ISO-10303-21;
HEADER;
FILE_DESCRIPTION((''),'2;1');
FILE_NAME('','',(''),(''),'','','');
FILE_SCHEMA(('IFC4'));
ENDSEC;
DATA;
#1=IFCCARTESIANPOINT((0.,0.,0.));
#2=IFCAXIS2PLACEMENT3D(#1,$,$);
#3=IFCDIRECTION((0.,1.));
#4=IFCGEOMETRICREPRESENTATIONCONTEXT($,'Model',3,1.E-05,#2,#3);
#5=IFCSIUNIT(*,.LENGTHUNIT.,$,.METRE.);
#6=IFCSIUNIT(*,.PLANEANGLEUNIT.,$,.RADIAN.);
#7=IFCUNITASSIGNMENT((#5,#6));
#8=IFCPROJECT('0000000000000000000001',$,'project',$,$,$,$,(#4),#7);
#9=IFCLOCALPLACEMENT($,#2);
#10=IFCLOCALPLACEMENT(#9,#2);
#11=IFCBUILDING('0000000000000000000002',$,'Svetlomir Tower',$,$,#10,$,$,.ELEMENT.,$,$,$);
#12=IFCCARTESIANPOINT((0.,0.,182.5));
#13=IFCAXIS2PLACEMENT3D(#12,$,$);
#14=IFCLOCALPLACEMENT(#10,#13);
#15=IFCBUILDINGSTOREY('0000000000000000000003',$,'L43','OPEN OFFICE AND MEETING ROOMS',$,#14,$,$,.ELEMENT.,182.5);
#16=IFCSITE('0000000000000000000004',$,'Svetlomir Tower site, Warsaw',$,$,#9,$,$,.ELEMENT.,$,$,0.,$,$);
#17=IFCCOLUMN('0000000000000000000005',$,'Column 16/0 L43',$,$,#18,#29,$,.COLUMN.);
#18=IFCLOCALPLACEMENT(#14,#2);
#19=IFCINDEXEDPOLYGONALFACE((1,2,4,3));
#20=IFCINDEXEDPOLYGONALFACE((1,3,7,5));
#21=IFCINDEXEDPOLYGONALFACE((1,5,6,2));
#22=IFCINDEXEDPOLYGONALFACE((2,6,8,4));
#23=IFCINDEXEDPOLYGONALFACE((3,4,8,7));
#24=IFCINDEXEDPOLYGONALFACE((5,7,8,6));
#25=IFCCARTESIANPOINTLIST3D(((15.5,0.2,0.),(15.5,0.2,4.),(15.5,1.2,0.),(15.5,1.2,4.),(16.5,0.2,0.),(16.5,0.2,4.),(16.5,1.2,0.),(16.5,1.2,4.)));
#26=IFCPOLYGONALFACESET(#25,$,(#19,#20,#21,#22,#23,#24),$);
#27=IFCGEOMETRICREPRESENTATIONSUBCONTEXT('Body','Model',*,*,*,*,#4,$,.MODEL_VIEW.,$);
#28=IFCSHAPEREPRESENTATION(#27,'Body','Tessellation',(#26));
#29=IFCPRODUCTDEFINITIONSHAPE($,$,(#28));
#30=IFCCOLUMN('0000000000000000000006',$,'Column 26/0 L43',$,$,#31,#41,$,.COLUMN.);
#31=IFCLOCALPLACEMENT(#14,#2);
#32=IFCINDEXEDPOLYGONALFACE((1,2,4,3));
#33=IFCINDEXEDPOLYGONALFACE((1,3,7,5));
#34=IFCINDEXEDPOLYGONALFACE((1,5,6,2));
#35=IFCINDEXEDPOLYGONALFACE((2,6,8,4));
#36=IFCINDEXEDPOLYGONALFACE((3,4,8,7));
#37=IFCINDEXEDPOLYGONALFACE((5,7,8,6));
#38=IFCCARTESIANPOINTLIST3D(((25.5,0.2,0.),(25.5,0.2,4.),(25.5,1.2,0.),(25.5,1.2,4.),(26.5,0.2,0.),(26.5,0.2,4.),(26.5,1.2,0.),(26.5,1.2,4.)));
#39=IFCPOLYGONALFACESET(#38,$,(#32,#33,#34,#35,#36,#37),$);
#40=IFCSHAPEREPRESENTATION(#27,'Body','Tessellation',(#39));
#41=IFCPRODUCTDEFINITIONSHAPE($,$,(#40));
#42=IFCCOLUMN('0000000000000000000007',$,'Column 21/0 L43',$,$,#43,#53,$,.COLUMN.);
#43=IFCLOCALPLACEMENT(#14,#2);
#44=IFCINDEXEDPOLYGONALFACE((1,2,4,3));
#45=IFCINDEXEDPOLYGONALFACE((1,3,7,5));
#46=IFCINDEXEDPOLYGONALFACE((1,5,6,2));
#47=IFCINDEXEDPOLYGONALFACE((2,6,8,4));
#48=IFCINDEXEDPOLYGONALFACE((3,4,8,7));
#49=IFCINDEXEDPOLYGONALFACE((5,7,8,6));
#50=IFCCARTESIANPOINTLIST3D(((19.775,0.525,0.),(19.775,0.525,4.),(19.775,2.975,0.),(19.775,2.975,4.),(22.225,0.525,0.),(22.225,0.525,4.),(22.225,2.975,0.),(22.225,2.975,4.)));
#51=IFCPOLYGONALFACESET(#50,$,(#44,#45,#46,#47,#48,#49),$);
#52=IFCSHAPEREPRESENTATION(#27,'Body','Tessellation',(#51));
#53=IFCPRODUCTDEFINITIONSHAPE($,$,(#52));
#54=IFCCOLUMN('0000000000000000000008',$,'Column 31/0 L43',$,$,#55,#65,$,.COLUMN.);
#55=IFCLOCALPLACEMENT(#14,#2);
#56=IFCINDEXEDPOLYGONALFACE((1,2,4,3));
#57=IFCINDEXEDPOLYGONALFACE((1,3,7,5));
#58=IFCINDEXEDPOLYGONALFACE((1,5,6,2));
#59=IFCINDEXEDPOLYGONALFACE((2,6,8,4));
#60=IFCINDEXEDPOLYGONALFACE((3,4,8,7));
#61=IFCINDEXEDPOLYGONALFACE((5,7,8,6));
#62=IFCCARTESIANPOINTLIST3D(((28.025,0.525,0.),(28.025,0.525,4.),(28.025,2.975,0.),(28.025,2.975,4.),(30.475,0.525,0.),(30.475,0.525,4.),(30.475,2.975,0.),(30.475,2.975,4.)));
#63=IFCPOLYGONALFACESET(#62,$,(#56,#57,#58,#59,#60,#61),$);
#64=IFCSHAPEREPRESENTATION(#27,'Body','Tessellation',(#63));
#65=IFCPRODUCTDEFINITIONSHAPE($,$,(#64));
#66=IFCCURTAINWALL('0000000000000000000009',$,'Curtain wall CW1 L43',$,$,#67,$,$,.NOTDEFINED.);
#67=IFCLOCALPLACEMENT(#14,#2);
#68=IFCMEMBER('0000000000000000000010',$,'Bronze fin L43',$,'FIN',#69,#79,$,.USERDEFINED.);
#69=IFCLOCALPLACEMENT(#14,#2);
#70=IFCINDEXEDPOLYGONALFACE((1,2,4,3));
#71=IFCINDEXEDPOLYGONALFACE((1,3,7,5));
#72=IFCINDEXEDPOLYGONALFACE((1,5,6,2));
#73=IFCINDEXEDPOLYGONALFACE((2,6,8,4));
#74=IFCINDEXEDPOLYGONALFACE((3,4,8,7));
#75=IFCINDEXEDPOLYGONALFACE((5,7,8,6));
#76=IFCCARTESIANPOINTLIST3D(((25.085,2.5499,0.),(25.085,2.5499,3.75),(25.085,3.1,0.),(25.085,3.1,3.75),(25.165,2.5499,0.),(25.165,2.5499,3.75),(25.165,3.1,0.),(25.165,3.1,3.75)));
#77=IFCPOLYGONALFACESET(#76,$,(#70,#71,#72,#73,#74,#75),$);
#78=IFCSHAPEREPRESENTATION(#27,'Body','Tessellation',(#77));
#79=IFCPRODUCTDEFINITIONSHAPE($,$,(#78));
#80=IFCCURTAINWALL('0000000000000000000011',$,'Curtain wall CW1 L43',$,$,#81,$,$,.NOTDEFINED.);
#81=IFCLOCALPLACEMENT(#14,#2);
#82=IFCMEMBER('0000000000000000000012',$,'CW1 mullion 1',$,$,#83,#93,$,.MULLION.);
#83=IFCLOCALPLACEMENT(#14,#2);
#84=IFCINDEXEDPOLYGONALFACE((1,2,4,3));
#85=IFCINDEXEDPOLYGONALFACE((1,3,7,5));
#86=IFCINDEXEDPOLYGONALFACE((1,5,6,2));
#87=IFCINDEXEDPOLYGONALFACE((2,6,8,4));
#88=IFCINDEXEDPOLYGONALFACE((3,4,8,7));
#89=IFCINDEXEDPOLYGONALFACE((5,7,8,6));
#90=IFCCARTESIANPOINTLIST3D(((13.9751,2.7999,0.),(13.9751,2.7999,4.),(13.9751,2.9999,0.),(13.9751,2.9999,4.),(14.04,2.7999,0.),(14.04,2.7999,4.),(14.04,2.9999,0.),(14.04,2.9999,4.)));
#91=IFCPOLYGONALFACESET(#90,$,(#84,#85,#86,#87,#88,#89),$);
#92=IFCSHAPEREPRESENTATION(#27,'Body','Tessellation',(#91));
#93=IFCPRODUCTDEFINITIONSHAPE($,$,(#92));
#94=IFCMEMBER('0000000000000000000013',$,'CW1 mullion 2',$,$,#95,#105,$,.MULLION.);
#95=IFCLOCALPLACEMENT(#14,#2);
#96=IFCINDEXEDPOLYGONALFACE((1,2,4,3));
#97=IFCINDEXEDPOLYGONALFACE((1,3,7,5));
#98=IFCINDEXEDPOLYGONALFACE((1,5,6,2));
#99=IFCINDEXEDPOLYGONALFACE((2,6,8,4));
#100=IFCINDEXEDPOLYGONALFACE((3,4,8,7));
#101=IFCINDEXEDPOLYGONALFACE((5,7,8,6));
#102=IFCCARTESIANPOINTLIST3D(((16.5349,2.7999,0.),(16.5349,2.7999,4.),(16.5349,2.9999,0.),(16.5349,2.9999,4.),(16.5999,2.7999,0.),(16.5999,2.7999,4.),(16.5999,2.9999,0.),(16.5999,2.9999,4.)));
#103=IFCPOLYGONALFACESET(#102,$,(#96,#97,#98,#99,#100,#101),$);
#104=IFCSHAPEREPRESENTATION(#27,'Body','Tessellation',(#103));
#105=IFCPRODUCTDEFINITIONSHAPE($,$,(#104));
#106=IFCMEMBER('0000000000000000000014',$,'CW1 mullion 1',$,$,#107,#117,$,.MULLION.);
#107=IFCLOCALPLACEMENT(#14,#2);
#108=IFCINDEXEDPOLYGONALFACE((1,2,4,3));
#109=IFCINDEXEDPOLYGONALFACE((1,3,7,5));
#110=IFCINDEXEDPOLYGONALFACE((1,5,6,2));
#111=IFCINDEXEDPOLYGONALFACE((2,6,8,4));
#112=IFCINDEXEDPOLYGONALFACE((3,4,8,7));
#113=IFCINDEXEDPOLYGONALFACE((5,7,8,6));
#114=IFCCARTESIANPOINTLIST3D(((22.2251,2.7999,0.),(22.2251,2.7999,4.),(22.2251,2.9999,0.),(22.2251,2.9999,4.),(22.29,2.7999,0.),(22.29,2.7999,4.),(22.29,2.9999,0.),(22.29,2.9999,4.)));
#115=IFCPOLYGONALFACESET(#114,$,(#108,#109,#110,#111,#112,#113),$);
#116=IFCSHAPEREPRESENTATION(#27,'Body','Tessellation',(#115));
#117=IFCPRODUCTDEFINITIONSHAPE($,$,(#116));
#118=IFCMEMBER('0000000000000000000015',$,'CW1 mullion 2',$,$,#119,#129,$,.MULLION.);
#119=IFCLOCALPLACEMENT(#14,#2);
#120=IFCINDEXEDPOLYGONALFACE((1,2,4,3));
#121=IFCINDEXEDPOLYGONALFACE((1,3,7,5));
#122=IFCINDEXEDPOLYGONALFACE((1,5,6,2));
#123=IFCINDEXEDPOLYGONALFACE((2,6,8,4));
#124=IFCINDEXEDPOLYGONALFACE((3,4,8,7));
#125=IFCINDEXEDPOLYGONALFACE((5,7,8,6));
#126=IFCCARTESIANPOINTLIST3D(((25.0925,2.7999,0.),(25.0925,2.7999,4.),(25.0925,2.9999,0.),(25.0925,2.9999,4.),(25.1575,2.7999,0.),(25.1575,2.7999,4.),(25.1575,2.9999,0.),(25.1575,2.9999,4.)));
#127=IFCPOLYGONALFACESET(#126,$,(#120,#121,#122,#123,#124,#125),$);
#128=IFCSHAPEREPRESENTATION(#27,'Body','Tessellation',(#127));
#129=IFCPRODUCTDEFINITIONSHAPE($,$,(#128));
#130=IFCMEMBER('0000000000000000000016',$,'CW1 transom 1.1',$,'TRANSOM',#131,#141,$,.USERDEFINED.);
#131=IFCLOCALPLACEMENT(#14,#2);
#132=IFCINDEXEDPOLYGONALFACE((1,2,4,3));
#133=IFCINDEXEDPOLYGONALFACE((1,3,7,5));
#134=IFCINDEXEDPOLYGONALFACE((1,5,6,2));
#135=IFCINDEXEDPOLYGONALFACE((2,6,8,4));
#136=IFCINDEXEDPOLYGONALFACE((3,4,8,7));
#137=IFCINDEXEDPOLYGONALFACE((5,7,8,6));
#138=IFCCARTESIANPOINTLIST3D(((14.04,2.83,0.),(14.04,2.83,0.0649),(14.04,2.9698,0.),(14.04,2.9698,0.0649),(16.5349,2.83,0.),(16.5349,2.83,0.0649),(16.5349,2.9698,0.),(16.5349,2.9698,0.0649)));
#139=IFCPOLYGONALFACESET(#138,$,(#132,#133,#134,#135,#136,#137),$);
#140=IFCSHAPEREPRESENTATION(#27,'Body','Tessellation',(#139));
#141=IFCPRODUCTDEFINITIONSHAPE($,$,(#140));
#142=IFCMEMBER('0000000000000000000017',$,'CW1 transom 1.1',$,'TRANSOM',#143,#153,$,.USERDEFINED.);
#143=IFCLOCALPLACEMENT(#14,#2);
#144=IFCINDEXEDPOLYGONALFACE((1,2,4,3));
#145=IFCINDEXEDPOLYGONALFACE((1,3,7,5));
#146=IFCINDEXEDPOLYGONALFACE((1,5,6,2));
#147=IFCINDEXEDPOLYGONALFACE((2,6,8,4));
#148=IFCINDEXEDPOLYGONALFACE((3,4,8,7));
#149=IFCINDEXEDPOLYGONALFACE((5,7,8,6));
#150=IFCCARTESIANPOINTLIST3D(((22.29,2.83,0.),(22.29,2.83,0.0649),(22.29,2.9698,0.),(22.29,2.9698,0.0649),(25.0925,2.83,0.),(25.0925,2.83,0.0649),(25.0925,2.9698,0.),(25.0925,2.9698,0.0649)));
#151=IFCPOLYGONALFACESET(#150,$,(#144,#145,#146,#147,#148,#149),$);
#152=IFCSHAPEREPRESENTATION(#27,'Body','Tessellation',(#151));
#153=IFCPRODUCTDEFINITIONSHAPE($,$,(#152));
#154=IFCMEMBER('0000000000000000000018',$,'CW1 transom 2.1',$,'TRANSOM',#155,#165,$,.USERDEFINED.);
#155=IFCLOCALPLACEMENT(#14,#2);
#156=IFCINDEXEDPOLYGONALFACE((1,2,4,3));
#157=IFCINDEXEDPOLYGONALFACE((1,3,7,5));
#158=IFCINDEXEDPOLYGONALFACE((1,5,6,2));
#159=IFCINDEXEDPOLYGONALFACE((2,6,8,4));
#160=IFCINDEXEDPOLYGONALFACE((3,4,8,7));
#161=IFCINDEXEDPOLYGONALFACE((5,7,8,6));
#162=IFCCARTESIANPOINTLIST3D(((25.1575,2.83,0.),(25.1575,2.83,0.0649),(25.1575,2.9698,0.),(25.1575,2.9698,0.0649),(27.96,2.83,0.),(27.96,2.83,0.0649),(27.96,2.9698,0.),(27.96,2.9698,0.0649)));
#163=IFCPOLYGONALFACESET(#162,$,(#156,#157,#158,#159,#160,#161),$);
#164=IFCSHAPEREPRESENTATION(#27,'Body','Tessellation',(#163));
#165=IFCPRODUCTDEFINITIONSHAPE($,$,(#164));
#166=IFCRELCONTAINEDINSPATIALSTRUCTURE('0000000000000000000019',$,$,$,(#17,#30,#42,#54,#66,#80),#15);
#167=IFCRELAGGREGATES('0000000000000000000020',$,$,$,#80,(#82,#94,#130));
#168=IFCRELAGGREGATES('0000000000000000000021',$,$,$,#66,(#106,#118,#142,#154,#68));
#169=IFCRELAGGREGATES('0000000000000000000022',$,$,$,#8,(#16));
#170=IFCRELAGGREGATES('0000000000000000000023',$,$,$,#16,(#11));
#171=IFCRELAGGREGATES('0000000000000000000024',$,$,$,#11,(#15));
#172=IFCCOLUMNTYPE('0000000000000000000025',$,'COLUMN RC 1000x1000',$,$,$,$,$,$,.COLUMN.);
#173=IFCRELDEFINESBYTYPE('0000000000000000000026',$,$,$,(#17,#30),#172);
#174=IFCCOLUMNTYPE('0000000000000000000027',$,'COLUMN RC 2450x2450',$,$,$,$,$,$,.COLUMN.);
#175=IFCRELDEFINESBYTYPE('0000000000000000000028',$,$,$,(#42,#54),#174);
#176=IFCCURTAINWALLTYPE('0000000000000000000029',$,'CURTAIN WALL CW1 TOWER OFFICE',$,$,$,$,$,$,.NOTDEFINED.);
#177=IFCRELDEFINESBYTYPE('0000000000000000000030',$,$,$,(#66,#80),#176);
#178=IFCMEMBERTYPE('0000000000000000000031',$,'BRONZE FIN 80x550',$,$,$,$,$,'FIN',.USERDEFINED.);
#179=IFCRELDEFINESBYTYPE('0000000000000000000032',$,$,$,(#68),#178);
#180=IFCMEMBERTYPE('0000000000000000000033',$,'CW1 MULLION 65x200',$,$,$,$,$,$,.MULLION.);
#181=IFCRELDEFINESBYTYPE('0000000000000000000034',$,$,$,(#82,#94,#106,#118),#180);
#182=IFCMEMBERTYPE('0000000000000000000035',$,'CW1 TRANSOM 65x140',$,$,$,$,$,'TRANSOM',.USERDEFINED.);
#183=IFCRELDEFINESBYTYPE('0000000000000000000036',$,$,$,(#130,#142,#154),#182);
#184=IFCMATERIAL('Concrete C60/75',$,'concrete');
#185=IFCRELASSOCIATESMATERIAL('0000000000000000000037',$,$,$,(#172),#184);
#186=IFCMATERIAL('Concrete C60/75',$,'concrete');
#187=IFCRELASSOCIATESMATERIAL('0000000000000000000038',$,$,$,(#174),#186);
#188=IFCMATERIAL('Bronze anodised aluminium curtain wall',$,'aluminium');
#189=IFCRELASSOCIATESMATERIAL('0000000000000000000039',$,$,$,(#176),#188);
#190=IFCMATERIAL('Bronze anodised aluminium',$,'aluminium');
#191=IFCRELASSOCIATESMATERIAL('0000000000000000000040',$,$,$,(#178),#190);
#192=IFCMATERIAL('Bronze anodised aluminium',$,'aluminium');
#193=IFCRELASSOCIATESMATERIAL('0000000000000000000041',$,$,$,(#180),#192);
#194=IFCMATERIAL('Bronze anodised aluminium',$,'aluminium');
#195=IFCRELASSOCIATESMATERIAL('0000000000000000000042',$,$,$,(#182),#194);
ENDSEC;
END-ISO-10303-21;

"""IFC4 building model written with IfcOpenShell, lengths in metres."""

from ifc_helpers import new_model, si_unit, direction, frame, origin, origin_2d, place, context, subcontext, project, spatial, rectangle, extrude, material, material_profile, profile_set, type_object, element, aggregate, save


model = new_model("IFC4")

# Units and contexts
model_context = context("Model", 3, precision=1e-05, world=origin(), true_north=direction((0.0, 1.0)))
body_context = subcontext(model_context, "Body", "Model", "MODEL_VIEW")
ifc_project = project(units=[si_unit("LENGTHUNIT", "METRE"), si_unit("PLANEANGLEUNIT", "RADIAN")], contexts=[model_context])

# Site, building, storey
site_placement = place(None, origin())
site = spatial("IfcSite", under=ifc_project, at=site_placement, Name="Svetlomir Tower site, Warsaw", CompositionType="ELEMENT", RefElevation=0.0)
building_placement = place(site_placement, origin())
building = spatial("IfcBuilding", under=site, at=building_placement, Name="Svetlomir Tower", CompositionType="ELEMENT")
storey_placement = place(building_placement, frame((0.0, 0.0, 182.5)))
storey = spatial("IfcBuildingStorey", under=building, at=storey_placement, Name="L43", Description="OPEN OFFICE AND MEETING ROOMS", CompositionType="ELEMENT", Elevation=182.5)

# Columns
ifc_material_1 = material(Name="Concrete C60/75", Category="concrete")
ifc_material_profile_1 = material_profile(ifc_material_1, rectangle(XDim=1.0, YDim=1.0, at=origin_2d()), Name="RC 1000x1000")
ifc_profile_set_1 = profile_set([ifc_material_profile_1], Name="Concrete C60/75")
column_type_1 = type_object("IfcColumnType", Name="COLUMN RC 1000x1000", PredefinedType="COLUMN", material=ifc_profile_set_1)
for number, where, z_axis, x_axis, name in (
    (1, (16.0, 0.7, 0.0), (0.0, 0.0, 1.0), (1.0, 0.0, 0.0), "Column 16/0 L43"),
    (2, (26.0, 0.7, 0.0), (0.0, 0.0, 1.0), (1.0, 0.0, 0.0), "Column 26/0 L43"),
):
    element("IfcColumn", number, at=place(storey_placement, frame(where, z_axis=z_axis, x_axis=x_axis)), inside=storey, type_object=column_type_1, Name=name, PredefinedType="COLUMN", context=body_context, shape_type="SweptSolid", body=[
        extrude(rectangle(XDim=1.0, YDim=1.0, at=origin_2d()), origin(), (0.0, 0.0, 1.0), 4.0),
    ])
ifc_material_2 = material(Name="Concrete C60/75", Category="concrete")
ifc_material_profile_2 = material_profile(ifc_material_2, rectangle(XDim=2.45, YDim=2.45, at=origin_2d()), Name="RC 2450x2450")
ifc_profile_set_2 = profile_set([ifc_material_profile_2], Name="Concrete C60/75")
column_type_2 = type_object("IfcColumnType", Name="COLUMN RC 2450x2450", PredefinedType="COLUMN", material=ifc_profile_set_2)
for number, where, z_axis, x_axis, name in (
    (3, (21.0, 1.75, 0.0), (0.0, 0.0, 1.0), (1.0, 0.0, 0.0), "Column 21/0 L43"),
    (4, (29.25, 1.75, 0.0), (0.0, 0.0, 1.0), (1.0, 0.0, 0.0), "Column 31/0 L43"),
):
    element("IfcColumn", number, at=place(storey_placement, frame(where, z_axis=z_axis, x_axis=x_axis)), inside=storey, type_object=column_type_2, Name=name, PredefinedType="COLUMN", context=body_context, shape_type="SweptSolid", body=[
        extrude(rectangle(XDim=2.45, YDim=2.45, at=origin_2d()), origin(), (0.0, 0.0, 1.0), 4.0),
    ])

# Curtain wall, member
ifc_material_3 = material(Name="Bronze anodised aluminium curtain wall", Category="aluminium")
curtain_wall_type = type_object("IfcCurtainWallType", Name="CURTAIN WALL CW1 TOWER OFFICE", PredefinedType="NOTDEFINED", material=ifc_material_3)
curtain_wall_1_placement = place(storey_placement, origin())
curtain_wall_1 = element("IfcCurtainWall", 5, at=curtain_wall_1_placement, inside=storey, type_object=curtain_wall_type, Name="Curtain wall CW1 L43", PredefinedType="NOTDEFINED")
ifc_material_4 = material(Name="Bronze anodised aluminium", Category="aluminium")
ifc_material_profile_3 = material_profile(ifc_material_4, rectangle(XDim=0.0801, YDim=0.55, at=origin_2d()), Name="FIN 80x550")
ifc_profile_set_3 = profile_set([ifc_material_profile_3], Name="Bronze anodised aluminium 6063-T6")
member_type_1 = type_object("IfcMemberType", Name="BRONZE FIN 80x550", ElementType="FIN", PredefinedType="USERDEFINED", material=ifc_profile_set_3)
member_1_placement = place(storey_placement, frame((25.125, 2.825, 0.0), z_axis=(0.0, 0.0, 1.0), x_axis=(1.0, 0.0, 0.0)))
member_1 = element("IfcMember", 6, at=member_1_placement, type_object=member_type_1, Name="Bronze fin L43", ObjectType="FIN", PredefinedType="USERDEFINED", context=body_context, shape_type="SweptSolid", body=[
    extrude(rectangle(XDim=0.0801, YDim=0.55, at=origin_2d()), origin(), (0.0, 0.0, 1.0), 3.75),
])

# Curtain wall, members
curtain_wall_2_placement = place(storey_placement, origin())
curtain_wall_2 = element("IfcCurtainWall", 7, at=curtain_wall_2_placement, inside=storey, type_object=curtain_wall_type, Name="Curtain wall CW1 L43", PredefinedType="NOTDEFINED")
ifc_material_5 = material(Name="Bronze anodised aluminium", Category="aluminium")
ifc_material_profile_4 = material_profile(ifc_material_5, rectangle(XDim=0.0649, YDim=0.2, at=origin_2d()), Name="AL 65x200")
ifc_profile_set_4 = profile_set([ifc_material_profile_4], Name="Bronze anodised aluminium 6063-T6")
member_type_2 = type_object("IfcMemberType", Name="CW1 MULLION 65x200", PredefinedType="MULLION", material=ifc_profile_set_4)
member_2_placement = place(storey_placement, frame((14.0076, 2.8999, 0.0), z_axis=(0.0, 0.0, 1.0), x_axis=(1.0, 0.0, 0.0)))
member_2 = element("IfcMember", 8, at=member_2_placement, type_object=member_type_2, Name="CW1 mullion 1", PredefinedType="MULLION", context=body_context, shape_type="SweptSolid", body=[
    extrude(rectangle(XDim=0.0649, YDim=0.2, at=origin_2d()), origin(), (0.0, 0.0, 1.0), 4.0),
])
member_3_placement = place(storey_placement, frame((16.5674, 2.8999, 0.0), z_axis=(0.0, 0.0, 1.0), x_axis=(1.0, 0.0, 0.0)))
member_3 = element("IfcMember", 9, at=member_3_placement, type_object=member_type_2, Name="CW1 mullion 2", PredefinedType="MULLION", context=body_context, shape_type="SweptSolid", body=[
    extrude(rectangle(XDim=0.0649, YDim=0.2, at=origin_2d()), origin(), (0.0, 0.0, 1.0), 4.0),
])

# Members
member_4_placement = place(storey_placement, frame((22.2576, 2.8999, 0.0), z_axis=(0.0, 0.0, 1.0), x_axis=(1.0, 0.0, 0.0)))
member_4 = element("IfcMember", 10, at=member_4_placement, type_object=member_type_2, Name="CW1 mullion 1", PredefinedType="MULLION", context=body_context, shape_type="SweptSolid", body=[
    extrude(rectangle(XDim=0.0649, YDim=0.2, at=origin_2d()), origin(), (0.0, 0.0, 1.0), 4.0),
])
member_5_placement = place(storey_placement, frame((25.125, 2.8999, 0.0), z_axis=(0.0, 0.0, 1.0), x_axis=(1.0, 0.0, 0.0)))
member_5 = element("IfcMember", 11, at=member_5_placement, type_object=member_type_2, Name="CW1 mullion 2", PredefinedType="MULLION", context=body_context, shape_type="SweptSolid", body=[
    extrude(rectangle(XDim=0.0649, YDim=0.2, at=origin_2d()), origin(), (0.0, 0.0, 1.0), 4.0),
])
ifc_material_6 = material(Name="Bronze anodised aluminium", Category="aluminium")
ifc_material_profile_5 = material_profile(ifc_material_6, rectangle(XDim=0.1399, YDim=0.0649, at=origin_2d()), Name="AL 140x65")
ifc_profile_set_5 = profile_set([ifc_material_profile_5], Name="Bronze anodised aluminium 6063-T6")
member_type_3 = type_object("IfcMemberType", Name="CW1 TRANSOM 65x140", ElementType="TRANSOM", PredefinedType="USERDEFINED", material=ifc_profile_set_5)
member_6_placement = place(storey_placement, frame((14.04, 2.8999, 0.0325), z_axis=(1.0, 0.0, 0.0), x_axis=(0.0, 1.0, 0.0)))
member_6 = element("IfcMember", 12, at=member_6_placement, type_object=member_type_3, Name="CW1 transom 1.1", ObjectType="TRANSOM", PredefinedType="USERDEFINED", context=body_context, shape_type="SweptSolid", body=[
    extrude(rectangle(XDim=0.1399, YDim=0.0649, at=origin_2d()), origin(), (0.0, 0.0, 1.0), 2.4949),
])
member_7_placement = place(storey_placement, frame((22.29, 2.8999, 0.0325), z_axis=(1.0, 0.0, 0.0), x_axis=(0.0, 1.0, 0.0)))
member_7 = element("IfcMember", 13, at=member_7_placement, type_object=member_type_3, Name="CW1 transom 1.1", ObjectType="TRANSOM", PredefinedType="USERDEFINED", context=body_context, shape_type="SweptSolid", body=[
    extrude(rectangle(XDim=0.1399, YDim=0.0649, at=origin_2d()), origin(), (0.0, 0.0, 1.0), 2.8025),
])
member_8_placement = place(storey_placement, frame((25.1575, 2.8999, 0.0325), z_axis=(1.0, 0.0, 0.0), x_axis=(0.0, 1.0, 0.0)))
member_8 = element("IfcMember", 14, at=member_8_placement, type_object=member_type_3, Name="CW1 transom 2.1", ObjectType="TRANSOM", PredefinedType="USERDEFINED", context=body_context, shape_type="SweptSolid", body=[
    extrude(rectangle(XDim=0.1399, YDim=0.0649, at=origin_2d()), origin(), (0.0, 0.0, 1.0), 2.8025),
])

aggregate(curtain_wall_2, [member_2, member_3, member_6])
aggregate(curtain_wall_1, [member_4, member_5, member_7, member_8, member_1])

save(model, "model.ifc")
